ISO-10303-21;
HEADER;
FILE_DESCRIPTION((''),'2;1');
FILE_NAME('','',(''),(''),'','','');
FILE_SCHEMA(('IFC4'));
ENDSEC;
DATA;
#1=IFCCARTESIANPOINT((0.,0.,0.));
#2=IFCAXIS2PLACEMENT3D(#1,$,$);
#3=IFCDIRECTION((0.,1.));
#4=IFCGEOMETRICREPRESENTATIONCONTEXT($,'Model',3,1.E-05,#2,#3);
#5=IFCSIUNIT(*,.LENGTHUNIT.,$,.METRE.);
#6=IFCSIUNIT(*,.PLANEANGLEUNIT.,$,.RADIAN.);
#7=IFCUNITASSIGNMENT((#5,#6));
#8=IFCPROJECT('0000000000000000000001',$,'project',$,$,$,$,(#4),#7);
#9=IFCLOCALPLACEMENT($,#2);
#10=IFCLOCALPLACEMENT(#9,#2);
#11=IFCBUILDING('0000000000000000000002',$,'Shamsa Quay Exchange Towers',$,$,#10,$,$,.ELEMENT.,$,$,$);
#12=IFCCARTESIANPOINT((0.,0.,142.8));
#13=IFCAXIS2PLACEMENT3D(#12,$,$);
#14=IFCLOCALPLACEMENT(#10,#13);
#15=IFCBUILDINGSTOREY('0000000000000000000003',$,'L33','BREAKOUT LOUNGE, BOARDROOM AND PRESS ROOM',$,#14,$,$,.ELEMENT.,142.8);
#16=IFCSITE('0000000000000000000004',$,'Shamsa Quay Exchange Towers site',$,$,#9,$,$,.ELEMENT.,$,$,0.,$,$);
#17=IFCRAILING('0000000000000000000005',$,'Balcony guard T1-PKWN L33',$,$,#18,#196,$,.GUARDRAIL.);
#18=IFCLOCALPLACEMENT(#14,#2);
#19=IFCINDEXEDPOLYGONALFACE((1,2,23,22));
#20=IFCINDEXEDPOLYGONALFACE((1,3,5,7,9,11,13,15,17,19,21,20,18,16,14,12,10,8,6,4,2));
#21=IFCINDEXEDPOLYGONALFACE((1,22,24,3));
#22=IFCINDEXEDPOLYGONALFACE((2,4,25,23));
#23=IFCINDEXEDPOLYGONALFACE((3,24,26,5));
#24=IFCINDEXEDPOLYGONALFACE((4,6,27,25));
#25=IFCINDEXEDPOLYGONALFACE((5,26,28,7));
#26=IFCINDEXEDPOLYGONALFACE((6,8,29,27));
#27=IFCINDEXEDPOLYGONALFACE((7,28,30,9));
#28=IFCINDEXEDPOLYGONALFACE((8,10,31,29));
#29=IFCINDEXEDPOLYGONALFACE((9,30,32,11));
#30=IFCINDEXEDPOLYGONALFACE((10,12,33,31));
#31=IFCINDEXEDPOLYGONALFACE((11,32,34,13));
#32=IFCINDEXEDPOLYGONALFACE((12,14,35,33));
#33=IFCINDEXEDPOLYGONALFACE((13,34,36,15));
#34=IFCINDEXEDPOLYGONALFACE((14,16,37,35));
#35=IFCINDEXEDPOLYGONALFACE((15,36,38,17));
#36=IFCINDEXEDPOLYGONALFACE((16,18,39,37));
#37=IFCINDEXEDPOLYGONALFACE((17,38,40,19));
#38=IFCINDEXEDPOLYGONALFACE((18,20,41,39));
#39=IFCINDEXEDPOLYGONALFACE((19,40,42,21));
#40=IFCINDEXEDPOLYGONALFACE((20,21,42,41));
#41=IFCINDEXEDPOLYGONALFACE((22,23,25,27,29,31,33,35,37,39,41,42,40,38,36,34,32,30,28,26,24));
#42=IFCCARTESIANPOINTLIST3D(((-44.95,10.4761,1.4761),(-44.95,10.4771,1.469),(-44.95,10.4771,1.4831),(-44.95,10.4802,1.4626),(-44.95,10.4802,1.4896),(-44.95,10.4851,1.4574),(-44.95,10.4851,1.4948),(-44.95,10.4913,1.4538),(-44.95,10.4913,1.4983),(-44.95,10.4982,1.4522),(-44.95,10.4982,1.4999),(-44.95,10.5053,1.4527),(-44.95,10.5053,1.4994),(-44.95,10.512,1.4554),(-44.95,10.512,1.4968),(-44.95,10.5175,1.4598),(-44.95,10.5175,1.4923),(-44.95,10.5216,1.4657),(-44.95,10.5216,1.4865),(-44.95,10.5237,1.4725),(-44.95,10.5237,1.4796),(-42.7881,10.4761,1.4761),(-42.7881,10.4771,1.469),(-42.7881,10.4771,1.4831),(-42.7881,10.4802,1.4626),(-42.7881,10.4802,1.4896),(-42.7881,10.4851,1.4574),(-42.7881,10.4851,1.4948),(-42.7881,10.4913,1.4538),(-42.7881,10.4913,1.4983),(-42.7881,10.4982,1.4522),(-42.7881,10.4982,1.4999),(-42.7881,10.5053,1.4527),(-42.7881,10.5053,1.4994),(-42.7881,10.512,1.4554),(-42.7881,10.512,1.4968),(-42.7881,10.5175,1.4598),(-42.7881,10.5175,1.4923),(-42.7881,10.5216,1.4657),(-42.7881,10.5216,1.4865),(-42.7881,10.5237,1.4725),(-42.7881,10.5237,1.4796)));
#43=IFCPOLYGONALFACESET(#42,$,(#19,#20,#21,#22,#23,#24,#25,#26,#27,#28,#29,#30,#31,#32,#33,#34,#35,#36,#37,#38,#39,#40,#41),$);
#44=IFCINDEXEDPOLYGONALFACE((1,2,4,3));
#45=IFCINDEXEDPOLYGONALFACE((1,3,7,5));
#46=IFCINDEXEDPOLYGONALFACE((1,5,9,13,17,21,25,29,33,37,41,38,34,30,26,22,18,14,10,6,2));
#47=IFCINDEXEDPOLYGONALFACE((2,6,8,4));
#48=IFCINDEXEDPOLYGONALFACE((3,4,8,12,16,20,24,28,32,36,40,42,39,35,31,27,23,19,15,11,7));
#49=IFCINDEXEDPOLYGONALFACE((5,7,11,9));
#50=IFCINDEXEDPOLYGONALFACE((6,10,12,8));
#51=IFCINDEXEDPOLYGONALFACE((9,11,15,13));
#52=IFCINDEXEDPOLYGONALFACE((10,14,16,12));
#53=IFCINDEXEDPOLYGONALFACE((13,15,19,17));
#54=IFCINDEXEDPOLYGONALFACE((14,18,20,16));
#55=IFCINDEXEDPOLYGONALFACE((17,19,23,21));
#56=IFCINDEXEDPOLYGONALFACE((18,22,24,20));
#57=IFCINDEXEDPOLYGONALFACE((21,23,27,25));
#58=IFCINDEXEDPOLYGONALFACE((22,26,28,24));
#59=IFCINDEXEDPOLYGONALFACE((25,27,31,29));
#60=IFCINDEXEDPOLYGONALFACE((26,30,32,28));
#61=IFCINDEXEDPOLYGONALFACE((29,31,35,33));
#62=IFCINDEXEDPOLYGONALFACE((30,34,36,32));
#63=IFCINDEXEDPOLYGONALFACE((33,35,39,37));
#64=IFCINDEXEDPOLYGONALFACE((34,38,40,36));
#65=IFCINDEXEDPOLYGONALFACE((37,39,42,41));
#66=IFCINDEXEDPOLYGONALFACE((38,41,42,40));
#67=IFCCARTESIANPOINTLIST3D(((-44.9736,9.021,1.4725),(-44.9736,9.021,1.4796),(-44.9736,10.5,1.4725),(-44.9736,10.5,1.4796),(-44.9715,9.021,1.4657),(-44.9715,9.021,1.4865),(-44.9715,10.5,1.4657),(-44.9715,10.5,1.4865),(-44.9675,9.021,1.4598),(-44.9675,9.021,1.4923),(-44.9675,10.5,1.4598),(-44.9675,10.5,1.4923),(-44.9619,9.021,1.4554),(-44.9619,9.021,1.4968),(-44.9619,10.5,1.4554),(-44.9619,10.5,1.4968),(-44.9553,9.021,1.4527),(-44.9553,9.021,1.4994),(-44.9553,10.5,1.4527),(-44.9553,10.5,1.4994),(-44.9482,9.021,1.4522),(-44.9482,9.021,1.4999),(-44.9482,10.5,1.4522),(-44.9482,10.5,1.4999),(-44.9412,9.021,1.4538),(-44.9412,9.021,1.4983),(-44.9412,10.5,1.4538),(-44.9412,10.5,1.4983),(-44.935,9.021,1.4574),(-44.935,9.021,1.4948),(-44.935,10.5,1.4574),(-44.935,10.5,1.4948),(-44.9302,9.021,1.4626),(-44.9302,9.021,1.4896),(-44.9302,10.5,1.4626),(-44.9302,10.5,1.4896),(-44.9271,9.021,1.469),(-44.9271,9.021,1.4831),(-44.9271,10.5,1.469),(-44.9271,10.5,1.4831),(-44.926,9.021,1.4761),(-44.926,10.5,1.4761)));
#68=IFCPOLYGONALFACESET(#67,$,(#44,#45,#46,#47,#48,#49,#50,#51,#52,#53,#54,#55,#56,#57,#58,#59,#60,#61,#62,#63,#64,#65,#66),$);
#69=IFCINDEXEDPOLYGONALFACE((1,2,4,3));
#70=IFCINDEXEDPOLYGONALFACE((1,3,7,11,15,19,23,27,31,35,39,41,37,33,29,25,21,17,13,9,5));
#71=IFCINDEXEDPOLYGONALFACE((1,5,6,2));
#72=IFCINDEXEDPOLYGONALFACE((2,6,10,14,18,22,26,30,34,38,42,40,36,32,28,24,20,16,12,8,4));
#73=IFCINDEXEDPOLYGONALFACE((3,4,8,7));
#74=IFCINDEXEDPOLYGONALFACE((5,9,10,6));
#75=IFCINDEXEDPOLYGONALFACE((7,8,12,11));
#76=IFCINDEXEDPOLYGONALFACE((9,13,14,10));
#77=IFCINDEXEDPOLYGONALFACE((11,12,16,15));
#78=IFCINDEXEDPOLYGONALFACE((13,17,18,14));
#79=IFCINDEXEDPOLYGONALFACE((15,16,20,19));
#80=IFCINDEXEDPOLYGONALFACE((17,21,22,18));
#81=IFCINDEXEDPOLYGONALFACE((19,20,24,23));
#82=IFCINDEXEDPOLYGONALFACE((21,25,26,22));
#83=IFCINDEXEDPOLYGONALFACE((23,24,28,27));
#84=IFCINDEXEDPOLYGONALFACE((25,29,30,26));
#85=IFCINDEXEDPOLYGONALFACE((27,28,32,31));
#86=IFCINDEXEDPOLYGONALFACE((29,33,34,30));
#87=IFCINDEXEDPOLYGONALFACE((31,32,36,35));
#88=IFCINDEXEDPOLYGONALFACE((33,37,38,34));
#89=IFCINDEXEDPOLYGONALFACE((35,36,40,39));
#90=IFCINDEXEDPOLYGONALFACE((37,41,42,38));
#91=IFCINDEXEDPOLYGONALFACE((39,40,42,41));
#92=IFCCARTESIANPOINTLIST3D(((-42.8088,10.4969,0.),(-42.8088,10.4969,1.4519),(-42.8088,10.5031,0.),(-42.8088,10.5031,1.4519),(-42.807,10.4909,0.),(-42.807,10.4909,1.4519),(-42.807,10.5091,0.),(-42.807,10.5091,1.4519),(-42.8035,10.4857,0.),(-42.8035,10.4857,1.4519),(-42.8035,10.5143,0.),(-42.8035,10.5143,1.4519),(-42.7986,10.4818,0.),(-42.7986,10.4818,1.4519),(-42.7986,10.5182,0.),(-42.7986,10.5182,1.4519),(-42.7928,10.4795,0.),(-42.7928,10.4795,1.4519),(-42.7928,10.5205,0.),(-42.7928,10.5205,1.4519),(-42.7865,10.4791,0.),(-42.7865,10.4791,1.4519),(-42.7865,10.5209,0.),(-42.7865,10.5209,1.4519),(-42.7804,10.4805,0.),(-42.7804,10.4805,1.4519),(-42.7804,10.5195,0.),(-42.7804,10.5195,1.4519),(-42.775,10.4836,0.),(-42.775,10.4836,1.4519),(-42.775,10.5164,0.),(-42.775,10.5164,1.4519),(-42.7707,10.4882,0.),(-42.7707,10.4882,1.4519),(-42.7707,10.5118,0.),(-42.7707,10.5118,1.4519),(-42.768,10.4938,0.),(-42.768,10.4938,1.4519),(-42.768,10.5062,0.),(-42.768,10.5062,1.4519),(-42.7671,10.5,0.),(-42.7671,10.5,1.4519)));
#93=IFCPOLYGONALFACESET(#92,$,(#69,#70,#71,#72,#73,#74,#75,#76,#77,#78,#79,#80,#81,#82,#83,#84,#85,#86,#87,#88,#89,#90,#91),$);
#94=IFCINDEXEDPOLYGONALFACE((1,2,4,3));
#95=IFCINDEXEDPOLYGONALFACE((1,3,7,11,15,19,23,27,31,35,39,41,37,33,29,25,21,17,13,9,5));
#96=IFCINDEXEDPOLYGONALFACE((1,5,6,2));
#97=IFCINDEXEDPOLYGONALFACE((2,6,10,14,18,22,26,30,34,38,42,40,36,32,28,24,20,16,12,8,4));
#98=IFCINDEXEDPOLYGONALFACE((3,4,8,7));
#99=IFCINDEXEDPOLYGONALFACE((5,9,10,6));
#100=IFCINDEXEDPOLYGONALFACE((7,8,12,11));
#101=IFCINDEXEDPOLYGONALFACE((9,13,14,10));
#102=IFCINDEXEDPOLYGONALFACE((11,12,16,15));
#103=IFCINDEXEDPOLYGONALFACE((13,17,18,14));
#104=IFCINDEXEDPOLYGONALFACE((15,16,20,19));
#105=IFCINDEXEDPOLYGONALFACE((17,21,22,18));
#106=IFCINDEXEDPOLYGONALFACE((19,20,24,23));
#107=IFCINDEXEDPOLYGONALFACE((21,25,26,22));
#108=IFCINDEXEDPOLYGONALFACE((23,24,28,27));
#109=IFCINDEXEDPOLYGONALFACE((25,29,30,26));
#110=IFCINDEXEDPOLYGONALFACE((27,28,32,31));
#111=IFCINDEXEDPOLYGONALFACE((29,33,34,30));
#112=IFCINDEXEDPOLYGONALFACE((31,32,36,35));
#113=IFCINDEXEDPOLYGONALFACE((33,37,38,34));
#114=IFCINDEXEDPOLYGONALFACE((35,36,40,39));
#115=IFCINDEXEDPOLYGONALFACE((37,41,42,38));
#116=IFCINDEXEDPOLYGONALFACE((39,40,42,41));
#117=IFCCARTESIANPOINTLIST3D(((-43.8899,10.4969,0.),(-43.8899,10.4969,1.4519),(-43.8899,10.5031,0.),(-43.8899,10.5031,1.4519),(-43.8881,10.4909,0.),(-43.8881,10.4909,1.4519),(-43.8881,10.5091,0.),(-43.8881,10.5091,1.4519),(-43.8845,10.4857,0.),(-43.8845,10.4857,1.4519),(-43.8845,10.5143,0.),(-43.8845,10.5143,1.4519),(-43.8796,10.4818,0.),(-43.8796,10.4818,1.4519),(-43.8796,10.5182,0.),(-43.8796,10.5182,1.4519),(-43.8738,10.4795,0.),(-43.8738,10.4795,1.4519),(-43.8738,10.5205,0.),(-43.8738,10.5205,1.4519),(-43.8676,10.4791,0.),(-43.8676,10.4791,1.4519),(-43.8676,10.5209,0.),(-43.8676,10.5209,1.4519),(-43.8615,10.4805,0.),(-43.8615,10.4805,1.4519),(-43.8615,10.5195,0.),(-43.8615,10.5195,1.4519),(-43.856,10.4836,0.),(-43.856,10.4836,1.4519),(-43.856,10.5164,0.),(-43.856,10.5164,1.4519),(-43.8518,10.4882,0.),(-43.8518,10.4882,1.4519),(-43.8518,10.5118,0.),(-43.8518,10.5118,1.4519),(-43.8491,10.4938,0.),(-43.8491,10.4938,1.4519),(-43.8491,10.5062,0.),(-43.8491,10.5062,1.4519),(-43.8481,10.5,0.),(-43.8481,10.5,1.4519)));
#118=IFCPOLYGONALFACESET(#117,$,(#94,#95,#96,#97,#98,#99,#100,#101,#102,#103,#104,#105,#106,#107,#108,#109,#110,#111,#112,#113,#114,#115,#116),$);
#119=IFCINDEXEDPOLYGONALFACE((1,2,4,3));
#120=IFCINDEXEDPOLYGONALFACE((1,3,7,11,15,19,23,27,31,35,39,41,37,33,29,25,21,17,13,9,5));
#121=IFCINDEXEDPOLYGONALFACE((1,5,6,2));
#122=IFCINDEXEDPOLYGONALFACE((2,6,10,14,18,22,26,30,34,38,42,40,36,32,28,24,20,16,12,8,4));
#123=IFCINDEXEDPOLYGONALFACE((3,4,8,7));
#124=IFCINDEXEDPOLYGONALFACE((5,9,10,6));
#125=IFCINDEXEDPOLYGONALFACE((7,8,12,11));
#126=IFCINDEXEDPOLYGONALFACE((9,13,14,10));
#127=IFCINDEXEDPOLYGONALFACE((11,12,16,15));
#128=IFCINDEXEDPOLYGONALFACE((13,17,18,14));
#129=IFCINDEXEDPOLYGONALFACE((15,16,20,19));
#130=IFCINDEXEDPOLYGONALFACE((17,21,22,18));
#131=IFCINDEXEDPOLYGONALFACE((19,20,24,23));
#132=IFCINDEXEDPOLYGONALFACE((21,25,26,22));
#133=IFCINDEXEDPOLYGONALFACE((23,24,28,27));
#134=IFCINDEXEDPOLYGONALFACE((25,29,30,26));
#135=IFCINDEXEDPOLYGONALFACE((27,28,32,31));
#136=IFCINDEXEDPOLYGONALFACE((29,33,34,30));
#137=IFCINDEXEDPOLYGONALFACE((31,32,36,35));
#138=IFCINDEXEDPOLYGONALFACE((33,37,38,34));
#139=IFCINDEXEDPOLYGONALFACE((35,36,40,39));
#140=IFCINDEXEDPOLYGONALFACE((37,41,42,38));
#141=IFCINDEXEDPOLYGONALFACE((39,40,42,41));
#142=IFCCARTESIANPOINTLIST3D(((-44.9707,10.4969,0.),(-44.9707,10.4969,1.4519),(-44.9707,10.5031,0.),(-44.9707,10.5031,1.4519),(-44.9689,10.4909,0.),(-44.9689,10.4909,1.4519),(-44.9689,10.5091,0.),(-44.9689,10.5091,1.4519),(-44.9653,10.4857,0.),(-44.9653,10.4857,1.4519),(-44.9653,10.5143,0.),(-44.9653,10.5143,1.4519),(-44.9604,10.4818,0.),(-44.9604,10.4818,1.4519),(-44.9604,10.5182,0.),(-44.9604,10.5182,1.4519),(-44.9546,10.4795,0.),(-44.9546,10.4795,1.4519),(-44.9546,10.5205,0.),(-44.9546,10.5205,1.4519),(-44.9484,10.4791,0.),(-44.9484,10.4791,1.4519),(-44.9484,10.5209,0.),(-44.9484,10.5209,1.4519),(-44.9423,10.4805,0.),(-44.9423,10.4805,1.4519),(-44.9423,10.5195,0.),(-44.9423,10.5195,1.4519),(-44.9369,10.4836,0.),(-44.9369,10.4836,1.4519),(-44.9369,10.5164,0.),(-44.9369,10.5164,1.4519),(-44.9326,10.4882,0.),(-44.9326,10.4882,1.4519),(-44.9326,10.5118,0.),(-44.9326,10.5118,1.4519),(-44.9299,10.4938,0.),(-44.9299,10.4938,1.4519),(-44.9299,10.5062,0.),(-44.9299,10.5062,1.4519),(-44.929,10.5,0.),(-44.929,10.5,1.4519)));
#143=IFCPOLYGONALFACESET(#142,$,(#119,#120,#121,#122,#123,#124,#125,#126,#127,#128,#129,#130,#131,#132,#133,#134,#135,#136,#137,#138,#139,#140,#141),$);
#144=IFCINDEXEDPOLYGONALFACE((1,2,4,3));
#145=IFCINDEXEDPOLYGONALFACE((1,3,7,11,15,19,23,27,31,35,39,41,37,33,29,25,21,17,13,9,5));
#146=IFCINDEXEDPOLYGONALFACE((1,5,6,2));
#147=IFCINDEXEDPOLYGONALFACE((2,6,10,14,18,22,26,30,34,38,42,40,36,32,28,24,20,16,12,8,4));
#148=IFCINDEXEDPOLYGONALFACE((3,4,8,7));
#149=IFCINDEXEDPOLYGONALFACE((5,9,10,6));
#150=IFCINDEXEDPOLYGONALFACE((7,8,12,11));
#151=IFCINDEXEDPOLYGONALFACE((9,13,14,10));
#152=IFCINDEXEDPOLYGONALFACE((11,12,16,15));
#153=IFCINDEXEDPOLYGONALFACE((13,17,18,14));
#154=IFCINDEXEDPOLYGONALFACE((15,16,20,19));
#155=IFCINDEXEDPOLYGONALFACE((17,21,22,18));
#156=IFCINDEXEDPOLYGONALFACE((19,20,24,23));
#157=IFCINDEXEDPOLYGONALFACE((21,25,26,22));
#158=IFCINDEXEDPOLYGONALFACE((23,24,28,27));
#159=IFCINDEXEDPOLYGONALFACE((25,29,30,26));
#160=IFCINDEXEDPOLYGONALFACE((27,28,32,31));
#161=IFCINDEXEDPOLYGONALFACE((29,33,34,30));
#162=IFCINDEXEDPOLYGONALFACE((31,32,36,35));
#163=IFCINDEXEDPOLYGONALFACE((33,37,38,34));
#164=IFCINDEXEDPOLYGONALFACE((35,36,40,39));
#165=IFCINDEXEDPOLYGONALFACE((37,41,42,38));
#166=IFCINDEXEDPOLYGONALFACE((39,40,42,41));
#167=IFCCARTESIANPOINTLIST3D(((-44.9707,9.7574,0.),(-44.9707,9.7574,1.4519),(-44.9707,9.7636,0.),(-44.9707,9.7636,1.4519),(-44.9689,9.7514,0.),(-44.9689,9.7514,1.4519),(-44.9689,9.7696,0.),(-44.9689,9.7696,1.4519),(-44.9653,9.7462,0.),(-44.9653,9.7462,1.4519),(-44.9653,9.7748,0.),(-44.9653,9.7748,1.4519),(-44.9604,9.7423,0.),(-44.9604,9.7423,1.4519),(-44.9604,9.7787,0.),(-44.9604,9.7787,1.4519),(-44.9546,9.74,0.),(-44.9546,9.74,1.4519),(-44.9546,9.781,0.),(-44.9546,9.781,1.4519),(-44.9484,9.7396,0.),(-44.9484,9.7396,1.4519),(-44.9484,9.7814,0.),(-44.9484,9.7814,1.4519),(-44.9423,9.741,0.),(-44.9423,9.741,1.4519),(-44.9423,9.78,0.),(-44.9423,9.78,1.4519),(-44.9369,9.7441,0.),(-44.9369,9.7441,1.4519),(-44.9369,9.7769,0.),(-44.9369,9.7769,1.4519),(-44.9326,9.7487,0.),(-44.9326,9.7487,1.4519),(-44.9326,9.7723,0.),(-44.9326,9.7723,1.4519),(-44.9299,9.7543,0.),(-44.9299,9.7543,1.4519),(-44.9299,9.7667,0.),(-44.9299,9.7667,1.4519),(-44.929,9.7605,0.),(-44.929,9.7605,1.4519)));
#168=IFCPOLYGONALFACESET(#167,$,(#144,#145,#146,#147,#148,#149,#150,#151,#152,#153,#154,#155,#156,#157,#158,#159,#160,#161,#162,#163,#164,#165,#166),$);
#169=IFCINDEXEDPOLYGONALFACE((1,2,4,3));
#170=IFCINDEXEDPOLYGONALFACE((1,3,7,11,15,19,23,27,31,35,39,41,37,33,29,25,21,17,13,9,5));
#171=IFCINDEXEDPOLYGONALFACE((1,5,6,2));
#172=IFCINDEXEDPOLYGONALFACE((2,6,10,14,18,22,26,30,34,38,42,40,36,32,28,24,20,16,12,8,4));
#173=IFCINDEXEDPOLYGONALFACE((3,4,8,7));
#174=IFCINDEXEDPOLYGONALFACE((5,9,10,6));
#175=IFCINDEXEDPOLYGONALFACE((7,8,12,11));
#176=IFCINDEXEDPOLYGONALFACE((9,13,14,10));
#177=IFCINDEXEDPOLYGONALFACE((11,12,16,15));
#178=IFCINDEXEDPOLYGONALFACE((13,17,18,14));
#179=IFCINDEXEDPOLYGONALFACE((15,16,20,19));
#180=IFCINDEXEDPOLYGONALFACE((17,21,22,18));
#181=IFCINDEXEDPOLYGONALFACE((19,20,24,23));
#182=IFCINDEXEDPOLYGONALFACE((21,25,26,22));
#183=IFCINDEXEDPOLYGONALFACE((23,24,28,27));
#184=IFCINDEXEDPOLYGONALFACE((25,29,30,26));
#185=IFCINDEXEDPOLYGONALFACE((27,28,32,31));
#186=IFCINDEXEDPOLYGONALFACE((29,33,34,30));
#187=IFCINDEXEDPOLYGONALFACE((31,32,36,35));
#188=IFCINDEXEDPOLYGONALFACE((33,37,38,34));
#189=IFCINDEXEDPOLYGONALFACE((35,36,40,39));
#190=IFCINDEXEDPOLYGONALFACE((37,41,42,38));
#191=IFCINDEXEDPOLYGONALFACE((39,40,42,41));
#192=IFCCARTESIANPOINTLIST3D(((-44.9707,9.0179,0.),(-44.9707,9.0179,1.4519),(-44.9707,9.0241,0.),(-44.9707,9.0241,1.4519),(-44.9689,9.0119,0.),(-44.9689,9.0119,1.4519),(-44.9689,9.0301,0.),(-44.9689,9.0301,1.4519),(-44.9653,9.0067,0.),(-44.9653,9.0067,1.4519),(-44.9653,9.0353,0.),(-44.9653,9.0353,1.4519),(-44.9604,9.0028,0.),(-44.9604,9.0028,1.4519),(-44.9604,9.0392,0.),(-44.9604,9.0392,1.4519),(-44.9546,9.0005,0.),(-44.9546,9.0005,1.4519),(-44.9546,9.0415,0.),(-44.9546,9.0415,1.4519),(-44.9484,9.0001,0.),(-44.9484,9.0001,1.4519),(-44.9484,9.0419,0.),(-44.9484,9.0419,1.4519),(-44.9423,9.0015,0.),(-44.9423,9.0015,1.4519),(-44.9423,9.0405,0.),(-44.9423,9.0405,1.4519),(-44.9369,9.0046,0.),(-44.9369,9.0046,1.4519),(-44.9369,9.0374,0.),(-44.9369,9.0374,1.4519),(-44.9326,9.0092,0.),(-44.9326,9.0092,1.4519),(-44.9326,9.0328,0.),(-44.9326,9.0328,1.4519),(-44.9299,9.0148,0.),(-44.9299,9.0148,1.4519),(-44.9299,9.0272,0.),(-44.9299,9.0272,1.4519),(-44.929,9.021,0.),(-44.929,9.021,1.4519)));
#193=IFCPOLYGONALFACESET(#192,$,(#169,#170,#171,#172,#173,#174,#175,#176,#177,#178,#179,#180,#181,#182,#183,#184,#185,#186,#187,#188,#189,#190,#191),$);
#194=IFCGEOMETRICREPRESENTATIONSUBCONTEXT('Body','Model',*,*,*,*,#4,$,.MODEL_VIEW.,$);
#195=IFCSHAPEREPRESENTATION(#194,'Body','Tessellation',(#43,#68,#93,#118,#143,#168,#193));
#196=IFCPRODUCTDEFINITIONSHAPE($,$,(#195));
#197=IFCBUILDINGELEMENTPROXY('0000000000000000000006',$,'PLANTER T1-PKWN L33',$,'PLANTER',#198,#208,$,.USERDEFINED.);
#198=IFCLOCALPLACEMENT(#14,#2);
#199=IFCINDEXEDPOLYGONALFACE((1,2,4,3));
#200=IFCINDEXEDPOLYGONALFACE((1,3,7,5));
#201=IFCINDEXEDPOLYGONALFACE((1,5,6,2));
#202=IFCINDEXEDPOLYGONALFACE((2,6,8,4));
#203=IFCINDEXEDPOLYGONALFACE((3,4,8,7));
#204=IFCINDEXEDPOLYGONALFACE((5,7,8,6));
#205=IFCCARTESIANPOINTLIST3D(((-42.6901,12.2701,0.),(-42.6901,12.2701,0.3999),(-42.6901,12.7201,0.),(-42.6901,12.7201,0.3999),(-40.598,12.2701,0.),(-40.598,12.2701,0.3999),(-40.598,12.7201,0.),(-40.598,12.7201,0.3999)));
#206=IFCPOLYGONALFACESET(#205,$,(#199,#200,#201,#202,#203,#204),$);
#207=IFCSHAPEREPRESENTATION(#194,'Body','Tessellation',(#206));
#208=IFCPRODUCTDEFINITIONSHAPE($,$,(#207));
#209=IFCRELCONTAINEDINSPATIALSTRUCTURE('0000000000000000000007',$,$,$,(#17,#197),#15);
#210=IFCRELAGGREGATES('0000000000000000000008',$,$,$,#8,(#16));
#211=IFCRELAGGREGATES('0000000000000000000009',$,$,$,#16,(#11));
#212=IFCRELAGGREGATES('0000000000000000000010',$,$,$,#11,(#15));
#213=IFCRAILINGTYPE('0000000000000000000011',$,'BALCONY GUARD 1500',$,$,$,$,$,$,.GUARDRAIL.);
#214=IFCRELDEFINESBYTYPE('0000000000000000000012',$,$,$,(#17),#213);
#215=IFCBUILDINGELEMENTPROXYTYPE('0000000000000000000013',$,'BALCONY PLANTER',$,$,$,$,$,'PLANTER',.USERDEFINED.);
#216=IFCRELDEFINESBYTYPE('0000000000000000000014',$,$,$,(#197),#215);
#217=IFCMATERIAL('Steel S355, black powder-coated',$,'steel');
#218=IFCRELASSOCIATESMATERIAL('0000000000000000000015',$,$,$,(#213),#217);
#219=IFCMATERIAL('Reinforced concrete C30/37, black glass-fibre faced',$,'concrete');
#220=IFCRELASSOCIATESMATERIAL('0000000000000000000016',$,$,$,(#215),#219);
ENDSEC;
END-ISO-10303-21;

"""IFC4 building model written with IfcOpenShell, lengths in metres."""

from ifc_helpers import new_model, si_unit, direction, frame, origin, origin_2d, place, context, subcontext, project, spatial, rectangle, circle, extrude, material, type_object, element, save


model = new_model("IFC4")

# Units and contexts
model_context = context("Model", 3, precision=1e-05, world=origin(), true_north=direction((0.0, 1.0)))
body_context = subcontext(model_context, "Body", "Model", "MODEL_VIEW")
ifc_project = project(units=[si_unit("LENGTHUNIT", "METRE"), si_unit("PLANEANGLEUNIT", "RADIAN")], contexts=[model_context])

# Site, building, storey
site_placement = place(None, origin())
site = spatial("IfcSite", under=ifc_project, at=site_placement, Name="Shamsa Quay Exchange Towers site", CompositionType="ELEMENT", RefElevation=0.0)
building_placement = place(site_placement, origin())
building = spatial("IfcBuilding", under=site, at=building_placement, Name="Shamsa Quay Exchange Towers", CompositionType="ELEMENT")
storey_placement = place(building_placement, frame((0.0, 0.0, 142.8)))
storey = spatial("IfcBuildingStorey", under=building, at=storey_placement, Name="L33", Description="BREAKOUT LOUNGE, BOARDROOM AND PRESS ROOM", CompositionType="ELEMENT", Elevation=142.8)

# Railing
ifc_material_1 = material(Name="Steel S355, black powder-coated", Category="steel")
railing_type_1 = type_object("IfcRailingType", Name="BALCONY GUARD 1500", PredefinedType="GUARDRAIL", material=ifc_material_1)
for number, where, name in (
    (1, (-42.7881, 10.5, 0.0), "Balcony guard T1-PKWN L33"),
):
    element("IfcRailing", number, at=place(storey_placement, frame(where)), inside=storey, type_object=railing_type_1, Name=name, PredefinedType="GUARDRAIL", context=body_context, shape_type="SweptSolid", body=[
        extrude(circle(Radius=0.0239, at=origin_2d()), frame((0.0, 0.0, 1.4761), z_axis=(-1.0, 0.0, 0.0), x_axis=(0.0, -1.0, 0.0)), (0.0, 0.0, 1.0), 2.1619),
        extrude(circle(Radius=0.0239, at=origin_2d()), frame((-2.1619, 0.0, 1.4761), z_axis=(0.0, -1.0, 0.0), x_axis=(1.0, 0.0, 0.0)), (0.0, 0.0, 1.0), 1.479),
        extrude(circle(Radius=0.021, at=origin_2d()), origin(), (0.0, 0.0, 1.0), 1.4519),
        extrude(circle(Radius=0.021, at=origin_2d()), frame((-1.0811, 0.0, 0.0)), (0.0, 0.0, 1.0), 1.4519),
        extrude(circle(Radius=0.021, at=origin_2d()), frame((-2.1619, 0.0, 0.0)), (0.0, 0.0, 1.0), 1.4519),
        extrude(circle(Radius=0.021, at=origin_2d()), frame((-2.1619, -0.7395, 0.0)), (0.0, 0.0, 1.0), 1.4519),
        extrude(circle(Radius=0.021, at=origin_2d()), frame((-2.1619, -1.479, 0.0)), (0.0, 0.0, 1.0), 1.4519),
    ])

# Building element proxy
ifc_material_2 = material(Name="Reinforced concrete C30/37, black glass-fibre faced", Category="concrete")
building_element_proxy_type = type_object("IfcBuildingElementProxyType", Name="BALCONY PLANTER", ElementType="PLANTER", PredefinedType="USERDEFINED", material=ifc_material_2)
proxy_placement = place(storey_placement, frame((-41.644, 12.4951, 0.0), z_axis=(0.0, 0.0, 1.0), x_axis=(-1.0, 0.0, 0.0)))
element("IfcBuildingElementProxy", 2, at=proxy_placement, inside=storey, type_object=building_element_proxy_type, Name="PLANTER T1-PKWN L33", ObjectType="PLANTER", PredefinedType="USERDEFINED", context=body_context, shape_type="SweptSolid", body=[
    extrude(rectangle(XDim=2.092, YDim=0.45, at=origin_2d()), origin(), (0.0, 0.0, 1.0), 0.3999),
])

save(model, "model.ifc")
